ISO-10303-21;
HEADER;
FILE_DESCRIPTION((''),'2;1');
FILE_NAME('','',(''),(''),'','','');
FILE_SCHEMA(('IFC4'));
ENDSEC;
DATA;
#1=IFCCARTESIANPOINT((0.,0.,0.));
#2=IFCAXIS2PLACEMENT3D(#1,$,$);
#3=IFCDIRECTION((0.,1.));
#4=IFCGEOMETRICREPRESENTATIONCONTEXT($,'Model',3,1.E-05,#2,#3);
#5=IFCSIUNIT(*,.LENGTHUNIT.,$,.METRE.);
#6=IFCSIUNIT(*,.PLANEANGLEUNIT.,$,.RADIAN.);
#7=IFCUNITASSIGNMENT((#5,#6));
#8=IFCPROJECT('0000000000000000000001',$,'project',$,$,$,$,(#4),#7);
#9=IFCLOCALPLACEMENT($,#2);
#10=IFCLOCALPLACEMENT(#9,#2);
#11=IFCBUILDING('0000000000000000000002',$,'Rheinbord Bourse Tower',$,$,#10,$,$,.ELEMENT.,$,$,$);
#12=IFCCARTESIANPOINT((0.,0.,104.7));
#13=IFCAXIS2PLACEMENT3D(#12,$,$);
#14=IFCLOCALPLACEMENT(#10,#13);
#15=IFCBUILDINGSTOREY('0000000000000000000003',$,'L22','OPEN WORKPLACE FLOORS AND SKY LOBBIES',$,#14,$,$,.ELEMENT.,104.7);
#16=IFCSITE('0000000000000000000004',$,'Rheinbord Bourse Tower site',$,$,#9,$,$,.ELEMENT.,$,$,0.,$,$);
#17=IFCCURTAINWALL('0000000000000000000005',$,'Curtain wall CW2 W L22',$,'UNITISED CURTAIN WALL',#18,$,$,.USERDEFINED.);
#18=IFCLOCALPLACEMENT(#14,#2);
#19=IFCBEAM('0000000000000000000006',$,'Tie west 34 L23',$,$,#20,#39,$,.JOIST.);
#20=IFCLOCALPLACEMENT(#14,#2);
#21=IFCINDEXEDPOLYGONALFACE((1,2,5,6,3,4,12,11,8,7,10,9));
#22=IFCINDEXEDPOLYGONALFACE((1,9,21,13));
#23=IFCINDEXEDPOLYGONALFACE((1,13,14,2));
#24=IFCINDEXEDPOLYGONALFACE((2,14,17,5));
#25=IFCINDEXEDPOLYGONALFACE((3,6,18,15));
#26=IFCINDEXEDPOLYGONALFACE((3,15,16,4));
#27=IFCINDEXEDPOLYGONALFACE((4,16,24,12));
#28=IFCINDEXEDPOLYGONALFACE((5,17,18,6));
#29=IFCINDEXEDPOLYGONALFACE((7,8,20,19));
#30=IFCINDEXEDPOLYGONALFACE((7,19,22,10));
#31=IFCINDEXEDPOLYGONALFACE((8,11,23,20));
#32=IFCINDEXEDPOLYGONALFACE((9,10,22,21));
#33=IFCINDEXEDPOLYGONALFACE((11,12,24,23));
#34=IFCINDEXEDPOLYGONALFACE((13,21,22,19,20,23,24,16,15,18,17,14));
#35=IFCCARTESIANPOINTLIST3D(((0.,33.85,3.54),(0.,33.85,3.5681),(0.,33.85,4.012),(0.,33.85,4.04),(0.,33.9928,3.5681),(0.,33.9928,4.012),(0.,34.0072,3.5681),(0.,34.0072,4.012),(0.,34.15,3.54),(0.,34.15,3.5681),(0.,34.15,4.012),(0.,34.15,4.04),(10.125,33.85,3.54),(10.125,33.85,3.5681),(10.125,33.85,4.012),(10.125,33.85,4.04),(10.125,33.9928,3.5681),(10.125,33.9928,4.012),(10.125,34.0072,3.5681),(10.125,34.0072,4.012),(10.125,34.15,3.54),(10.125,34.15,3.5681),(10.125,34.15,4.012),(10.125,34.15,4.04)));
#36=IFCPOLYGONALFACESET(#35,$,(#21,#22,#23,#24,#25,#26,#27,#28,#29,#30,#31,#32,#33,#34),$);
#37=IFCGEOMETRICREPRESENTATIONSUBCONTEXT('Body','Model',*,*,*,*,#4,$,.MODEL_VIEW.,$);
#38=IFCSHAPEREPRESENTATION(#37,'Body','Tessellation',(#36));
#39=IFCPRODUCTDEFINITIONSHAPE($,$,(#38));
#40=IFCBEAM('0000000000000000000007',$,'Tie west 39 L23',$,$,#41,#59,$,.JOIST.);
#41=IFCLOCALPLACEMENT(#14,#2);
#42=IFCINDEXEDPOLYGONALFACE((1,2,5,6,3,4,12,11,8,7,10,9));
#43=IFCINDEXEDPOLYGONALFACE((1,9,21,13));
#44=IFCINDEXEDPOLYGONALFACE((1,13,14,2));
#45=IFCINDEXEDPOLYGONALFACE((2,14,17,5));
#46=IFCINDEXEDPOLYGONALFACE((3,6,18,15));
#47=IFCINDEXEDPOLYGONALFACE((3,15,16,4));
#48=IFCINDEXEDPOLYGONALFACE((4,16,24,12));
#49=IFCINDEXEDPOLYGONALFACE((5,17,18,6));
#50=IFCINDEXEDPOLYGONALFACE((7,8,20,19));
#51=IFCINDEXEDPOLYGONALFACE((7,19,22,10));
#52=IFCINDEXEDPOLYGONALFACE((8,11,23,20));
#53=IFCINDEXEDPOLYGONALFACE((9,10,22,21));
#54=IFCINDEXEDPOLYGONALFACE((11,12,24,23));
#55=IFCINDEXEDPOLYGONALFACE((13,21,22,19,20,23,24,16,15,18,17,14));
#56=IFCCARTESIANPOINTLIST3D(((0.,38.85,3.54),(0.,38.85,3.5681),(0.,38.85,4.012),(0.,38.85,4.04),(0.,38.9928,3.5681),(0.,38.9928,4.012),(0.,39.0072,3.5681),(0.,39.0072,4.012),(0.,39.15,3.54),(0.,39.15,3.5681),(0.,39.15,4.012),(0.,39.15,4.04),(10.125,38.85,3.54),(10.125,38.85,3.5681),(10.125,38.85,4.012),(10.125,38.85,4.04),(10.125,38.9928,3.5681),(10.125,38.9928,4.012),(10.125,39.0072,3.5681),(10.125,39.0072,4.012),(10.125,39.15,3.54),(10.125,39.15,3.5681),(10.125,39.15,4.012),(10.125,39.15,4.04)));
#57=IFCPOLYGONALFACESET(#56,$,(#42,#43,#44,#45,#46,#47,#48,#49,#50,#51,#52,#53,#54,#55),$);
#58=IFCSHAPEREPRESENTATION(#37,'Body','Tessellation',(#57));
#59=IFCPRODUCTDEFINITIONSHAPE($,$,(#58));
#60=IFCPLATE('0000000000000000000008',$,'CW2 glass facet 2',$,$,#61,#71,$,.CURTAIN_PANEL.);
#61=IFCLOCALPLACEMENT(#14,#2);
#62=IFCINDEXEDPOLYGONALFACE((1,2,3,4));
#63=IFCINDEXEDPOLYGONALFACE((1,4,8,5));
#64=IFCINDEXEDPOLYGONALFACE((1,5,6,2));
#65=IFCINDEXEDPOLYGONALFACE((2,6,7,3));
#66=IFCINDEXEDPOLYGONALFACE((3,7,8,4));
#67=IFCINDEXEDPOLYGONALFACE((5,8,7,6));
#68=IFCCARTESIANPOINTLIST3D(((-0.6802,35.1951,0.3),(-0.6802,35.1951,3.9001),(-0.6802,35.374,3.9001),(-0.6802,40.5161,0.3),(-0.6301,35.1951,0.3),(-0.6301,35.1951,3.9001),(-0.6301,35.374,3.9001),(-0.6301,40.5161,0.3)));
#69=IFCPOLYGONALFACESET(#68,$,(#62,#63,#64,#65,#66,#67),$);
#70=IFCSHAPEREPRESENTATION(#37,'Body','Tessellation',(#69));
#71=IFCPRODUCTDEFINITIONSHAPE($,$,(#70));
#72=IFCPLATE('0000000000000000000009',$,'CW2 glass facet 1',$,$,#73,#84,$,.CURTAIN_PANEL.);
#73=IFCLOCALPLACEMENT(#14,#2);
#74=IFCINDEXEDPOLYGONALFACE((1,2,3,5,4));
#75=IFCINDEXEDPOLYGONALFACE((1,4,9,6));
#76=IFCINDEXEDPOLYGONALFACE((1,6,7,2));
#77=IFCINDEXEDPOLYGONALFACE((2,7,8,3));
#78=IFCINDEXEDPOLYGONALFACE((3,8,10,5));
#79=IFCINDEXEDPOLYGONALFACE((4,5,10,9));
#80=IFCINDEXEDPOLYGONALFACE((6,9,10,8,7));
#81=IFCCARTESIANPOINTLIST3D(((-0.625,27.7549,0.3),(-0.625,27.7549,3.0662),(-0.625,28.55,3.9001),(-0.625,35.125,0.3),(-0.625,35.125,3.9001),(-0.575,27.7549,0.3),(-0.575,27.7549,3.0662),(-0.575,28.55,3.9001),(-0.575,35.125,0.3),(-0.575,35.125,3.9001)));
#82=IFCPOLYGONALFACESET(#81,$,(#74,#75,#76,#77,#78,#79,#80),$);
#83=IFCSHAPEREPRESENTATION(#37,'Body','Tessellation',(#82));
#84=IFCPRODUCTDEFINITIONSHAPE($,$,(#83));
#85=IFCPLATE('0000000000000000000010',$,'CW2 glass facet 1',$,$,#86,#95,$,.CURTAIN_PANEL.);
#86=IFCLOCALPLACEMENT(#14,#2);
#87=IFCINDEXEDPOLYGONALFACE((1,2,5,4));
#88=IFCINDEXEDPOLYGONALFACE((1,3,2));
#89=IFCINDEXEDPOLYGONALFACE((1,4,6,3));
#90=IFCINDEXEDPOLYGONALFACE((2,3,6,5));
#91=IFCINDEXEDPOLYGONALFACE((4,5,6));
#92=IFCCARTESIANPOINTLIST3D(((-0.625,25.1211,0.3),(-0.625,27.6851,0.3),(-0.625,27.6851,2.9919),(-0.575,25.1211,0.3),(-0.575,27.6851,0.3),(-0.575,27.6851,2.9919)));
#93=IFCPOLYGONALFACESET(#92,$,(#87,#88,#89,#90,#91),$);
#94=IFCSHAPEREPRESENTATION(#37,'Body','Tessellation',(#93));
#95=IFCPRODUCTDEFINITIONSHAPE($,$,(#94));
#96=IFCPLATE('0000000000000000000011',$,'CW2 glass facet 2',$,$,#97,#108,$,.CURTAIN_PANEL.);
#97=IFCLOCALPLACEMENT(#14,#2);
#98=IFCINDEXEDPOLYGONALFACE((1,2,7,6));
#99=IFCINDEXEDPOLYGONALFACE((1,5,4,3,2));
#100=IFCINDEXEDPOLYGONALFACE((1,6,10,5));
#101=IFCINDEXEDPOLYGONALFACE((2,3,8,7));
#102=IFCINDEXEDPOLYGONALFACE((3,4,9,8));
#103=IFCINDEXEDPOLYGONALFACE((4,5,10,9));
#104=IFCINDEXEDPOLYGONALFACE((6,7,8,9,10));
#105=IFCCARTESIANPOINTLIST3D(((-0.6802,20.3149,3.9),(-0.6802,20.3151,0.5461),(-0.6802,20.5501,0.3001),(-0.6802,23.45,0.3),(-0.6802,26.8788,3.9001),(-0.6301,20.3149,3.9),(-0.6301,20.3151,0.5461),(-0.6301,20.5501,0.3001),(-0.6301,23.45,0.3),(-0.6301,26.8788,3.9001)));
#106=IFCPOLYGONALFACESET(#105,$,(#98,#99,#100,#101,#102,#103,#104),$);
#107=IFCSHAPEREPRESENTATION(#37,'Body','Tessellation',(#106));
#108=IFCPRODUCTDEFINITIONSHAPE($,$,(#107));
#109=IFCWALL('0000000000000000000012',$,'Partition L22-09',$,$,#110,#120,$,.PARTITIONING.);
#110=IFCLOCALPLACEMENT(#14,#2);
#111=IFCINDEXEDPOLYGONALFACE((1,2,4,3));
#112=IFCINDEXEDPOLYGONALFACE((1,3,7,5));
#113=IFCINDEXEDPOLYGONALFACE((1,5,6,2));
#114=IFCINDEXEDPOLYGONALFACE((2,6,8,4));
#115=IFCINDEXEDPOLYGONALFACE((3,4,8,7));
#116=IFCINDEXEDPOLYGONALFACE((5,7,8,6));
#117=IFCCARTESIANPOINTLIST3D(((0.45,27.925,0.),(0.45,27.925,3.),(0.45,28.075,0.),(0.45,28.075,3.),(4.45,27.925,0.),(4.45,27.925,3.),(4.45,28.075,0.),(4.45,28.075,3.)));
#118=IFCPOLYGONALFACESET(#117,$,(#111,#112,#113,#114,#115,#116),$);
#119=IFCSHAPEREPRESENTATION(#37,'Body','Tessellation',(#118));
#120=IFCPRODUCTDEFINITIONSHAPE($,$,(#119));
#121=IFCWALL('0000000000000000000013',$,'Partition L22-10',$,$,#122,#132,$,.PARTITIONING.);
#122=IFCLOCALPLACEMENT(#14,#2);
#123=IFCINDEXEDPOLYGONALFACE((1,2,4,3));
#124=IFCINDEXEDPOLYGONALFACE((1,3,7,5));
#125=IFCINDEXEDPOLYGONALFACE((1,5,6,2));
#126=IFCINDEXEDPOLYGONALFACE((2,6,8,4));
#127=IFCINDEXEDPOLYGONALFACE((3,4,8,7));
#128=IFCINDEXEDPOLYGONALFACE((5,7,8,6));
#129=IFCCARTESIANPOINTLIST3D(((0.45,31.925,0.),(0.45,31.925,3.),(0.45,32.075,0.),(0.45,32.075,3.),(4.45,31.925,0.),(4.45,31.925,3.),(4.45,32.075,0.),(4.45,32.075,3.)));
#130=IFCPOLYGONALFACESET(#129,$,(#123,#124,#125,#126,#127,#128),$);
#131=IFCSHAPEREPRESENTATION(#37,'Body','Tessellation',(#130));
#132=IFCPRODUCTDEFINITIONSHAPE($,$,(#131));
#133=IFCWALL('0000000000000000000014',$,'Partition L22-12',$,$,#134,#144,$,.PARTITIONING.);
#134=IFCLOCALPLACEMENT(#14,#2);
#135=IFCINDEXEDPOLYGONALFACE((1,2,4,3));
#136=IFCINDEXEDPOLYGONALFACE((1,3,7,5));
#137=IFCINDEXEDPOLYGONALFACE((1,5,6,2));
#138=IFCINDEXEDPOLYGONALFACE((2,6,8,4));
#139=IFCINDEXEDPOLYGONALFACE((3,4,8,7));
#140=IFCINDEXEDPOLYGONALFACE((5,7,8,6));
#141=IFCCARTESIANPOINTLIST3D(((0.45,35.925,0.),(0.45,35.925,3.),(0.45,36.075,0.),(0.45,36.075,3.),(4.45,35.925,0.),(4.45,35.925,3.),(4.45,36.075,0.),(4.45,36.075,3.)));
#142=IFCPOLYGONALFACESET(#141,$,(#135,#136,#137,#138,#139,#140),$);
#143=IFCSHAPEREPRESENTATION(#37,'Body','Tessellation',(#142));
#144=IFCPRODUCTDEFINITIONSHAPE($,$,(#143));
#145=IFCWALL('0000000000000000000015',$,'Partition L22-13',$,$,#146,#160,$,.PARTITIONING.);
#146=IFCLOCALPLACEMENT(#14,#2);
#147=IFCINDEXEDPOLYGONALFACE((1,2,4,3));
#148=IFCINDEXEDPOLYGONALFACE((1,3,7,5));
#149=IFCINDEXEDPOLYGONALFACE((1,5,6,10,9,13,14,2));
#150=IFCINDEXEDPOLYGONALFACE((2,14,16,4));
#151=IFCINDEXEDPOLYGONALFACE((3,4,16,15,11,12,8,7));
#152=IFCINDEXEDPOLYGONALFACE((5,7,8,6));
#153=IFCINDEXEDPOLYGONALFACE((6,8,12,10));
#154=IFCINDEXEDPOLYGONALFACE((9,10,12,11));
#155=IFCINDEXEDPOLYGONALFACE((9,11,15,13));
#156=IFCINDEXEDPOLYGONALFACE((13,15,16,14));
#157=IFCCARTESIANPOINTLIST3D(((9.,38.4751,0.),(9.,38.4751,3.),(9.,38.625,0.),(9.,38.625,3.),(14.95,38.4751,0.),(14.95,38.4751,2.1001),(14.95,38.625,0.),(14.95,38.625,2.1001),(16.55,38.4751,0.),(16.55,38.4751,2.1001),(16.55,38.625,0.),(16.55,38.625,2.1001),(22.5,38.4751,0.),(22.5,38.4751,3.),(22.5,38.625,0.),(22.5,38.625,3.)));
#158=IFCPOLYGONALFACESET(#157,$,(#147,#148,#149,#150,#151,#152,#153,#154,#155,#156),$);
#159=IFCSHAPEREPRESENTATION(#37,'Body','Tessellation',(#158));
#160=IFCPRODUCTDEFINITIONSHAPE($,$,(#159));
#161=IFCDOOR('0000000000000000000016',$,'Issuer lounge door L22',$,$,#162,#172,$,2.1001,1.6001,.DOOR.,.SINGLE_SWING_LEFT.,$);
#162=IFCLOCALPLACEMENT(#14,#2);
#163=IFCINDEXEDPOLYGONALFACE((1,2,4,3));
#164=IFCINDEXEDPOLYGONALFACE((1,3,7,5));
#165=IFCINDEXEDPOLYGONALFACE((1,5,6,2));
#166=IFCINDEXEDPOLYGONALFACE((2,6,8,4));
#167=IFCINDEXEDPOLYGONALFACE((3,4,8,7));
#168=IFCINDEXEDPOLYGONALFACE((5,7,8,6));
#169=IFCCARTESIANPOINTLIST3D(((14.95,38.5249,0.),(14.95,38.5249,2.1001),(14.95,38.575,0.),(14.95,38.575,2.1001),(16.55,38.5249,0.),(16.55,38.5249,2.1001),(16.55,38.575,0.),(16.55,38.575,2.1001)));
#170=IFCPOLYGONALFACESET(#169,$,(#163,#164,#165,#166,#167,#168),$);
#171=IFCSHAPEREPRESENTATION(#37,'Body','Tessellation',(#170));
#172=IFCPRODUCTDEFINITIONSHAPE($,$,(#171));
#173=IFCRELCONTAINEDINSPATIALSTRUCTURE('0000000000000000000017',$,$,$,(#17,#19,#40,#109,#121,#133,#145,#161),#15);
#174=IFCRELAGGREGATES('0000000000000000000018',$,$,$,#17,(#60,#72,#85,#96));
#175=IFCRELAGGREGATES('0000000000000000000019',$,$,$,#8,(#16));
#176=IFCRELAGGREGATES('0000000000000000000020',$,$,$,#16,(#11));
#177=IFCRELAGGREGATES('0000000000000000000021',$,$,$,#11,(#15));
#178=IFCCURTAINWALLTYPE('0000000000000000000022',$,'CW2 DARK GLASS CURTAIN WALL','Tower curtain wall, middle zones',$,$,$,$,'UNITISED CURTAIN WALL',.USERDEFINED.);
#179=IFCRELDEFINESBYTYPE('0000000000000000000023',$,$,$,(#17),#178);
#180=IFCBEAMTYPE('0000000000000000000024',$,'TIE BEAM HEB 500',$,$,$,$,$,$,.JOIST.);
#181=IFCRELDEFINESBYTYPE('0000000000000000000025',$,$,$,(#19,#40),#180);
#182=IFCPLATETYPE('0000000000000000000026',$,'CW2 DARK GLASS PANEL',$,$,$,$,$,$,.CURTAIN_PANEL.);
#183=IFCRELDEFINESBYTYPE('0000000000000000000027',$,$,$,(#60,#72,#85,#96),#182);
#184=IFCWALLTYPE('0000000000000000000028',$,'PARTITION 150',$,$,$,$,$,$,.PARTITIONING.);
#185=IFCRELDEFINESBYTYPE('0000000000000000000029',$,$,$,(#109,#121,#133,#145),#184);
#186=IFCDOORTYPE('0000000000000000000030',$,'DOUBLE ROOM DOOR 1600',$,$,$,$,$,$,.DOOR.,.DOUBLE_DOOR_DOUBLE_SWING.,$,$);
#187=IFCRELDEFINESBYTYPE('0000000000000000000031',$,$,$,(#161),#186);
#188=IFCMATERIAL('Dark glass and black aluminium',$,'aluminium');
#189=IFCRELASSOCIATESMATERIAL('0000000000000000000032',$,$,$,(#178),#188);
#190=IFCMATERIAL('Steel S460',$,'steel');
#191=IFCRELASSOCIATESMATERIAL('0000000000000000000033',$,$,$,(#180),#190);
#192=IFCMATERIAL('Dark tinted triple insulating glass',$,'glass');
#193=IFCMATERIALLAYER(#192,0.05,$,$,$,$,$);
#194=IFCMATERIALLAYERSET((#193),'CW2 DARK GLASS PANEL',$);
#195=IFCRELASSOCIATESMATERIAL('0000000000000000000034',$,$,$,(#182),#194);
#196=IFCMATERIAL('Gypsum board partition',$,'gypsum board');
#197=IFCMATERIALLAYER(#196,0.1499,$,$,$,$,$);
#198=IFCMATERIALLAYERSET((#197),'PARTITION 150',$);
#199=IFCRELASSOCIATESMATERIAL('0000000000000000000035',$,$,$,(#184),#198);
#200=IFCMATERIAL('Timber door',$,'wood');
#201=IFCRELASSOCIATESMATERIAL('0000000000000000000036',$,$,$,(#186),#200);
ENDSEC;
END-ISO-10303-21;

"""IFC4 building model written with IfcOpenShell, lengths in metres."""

from ifc_helpers import new_model, si_unit, direction, frame, frame_2d, origin, origin_2d, place, context, subcontext, project, spatial, polyline, rectangle, i_section, outline, extrude, material, layer, layer_set, material_profile, profile_set, type_object, element, fill, aggregate, save


model = new_model("IFC4")

# Units and contexts
model_context = context("Model", 3, precision=1e-05, world=origin(), true_north=direction((0.0, 1.0)))
body_context = subcontext(model_context, "Body", "Model", "MODEL_VIEW")
ifc_project = project(units=[si_unit("LENGTHUNIT", "METRE"), si_unit("PLANEANGLEUNIT", "RADIAN")], contexts=[model_context])

# Site, building, storey
site_placement = place(None, origin())
site = spatial("IfcSite", under=ifc_project, at=site_placement, Name="Rheinbord Bourse Tower site", CompositionType="ELEMENT", RefElevation=0.0)
building_placement = place(site_placement, origin())
building = spatial("IfcBuilding", under=site, at=building_placement, Name="Rheinbord Bourse Tower", CompositionType="ELEMENT")
storey_placement = place(building_placement, frame((0.0, 0.0, 104.7)))
storey = spatial("IfcBuildingStorey", under=building, at=storey_placement, Name="L22", Description="OPEN WORKPLACE FLOORS AND SKY LOBBIES", CompositionType="ELEMENT", Elevation=104.7)

# Curtain wall
ifc_material_1 = material(Name="Dark glass and black aluminium", Category="aluminium")
curtain_wall_type = type_object("IfcCurtainWallType", Name="CW2 DARK GLASS CURTAIN WALL", Description="Tower curtain wall, middle zones", ElementType="UNITISED CURTAIN WALL", PredefinedType="USERDEFINED", material=ifc_material_1)
curtain_wall_placement = place(storey_placement, origin())
curtain_wall = element("IfcCurtainWall", 1, at=curtain_wall_placement, inside=storey, type_object=curtain_wall_type, Name="Curtain wall CW2 W L22", ObjectType="UNITISED CURTAIN WALL", PredefinedType="USERDEFINED")

# Beams
ifc_material_2 = material(Name="Steel S460", Category="steel")
ifc_material_profile_1 = material_profile(ifc_material_2, i_section(OverallWidth=0.3, OverallDepth=0.5, WebThickness=0.0144, FlangeThickness=0.0281, at=origin_2d()), Name="HEB 500")
ifc_profile_set_1 = profile_set([ifc_material_profile_1], Name="Steel S460")
beam_type_1 = type_object("IfcBeamType", Name="TIE BEAM HEB 500", PredefinedType="JOIST", material=ifc_profile_set_1)
for number, where, z_axis, x_axis, name in (
    (2, (0.0, 34.0, 3.79), (1.0, 0.0, 0.0), (0.0, 1.0, 0.0), "Tie west 34 L23"),
    (3, (0.0, 39.0, 3.79), (1.0, 0.0, 0.0), (0.0, 1.0, 0.0), "Tie west 39 L23"),
):
    element("IfcBeam", number, at=place(storey_placement, frame(where, z_axis=z_axis, x_axis=x_axis)), inside=storey, type_object=beam_type_1, Name=name, PredefinedType="JOIST", context=body_context, shape_type="SweptSolid", body=[
        extrude(i_section(OverallWidth=0.3, OverallDepth=0.5, WebThickness=0.0144, FlangeThickness=0.0281, at=origin_2d()), origin(), (0.0, 0.0, 1.0), 10.125),
    ])

# Plates
ifc_material_3 = material(Name="Dark tinted triple insulating glass", Category="glass")
ifc_layer_1 = layer(ifc_material_3, 0.05)
ifc_layer_set_1 = layer_set([ifc_layer_1], Name="CW2 DARK GLASS PANEL")
plate_type = type_object("IfcPlateType", Name="CW2 DARK GLASS PANEL", PredefinedType="CURTAIN_PANEL", material=ifc_layer_set_1)
plate_1_placement = place(storey_placement, frame((-0.6802, 35.1951, 3.9001), z_axis=(1.0, 0.0, 0.0), x_axis=(0.0, 0.0, -1.0)))
plate_1 = element("IfcPlate", 4, at=plate_1_placement, type_object=plate_type, Name="CW2 glass facet 2", PredefinedType="CURTAIN_PANEL", context=body_context, shape_type="SweptSolid", body=[
    extrude(outline(polyline([(0.0, 0.0), (3.6001, 0.0), (3.6001, 5.321), (0.0, 0.179), (0.0, 0.0)])), origin(), (0.0, 0.0, 1.0), 0.05),
])
plate_2_placement = place(storey_placement, frame((-0.625, 27.7549, 0.3), z_axis=(1.0, 0.0, 0.0), x_axis=(0.0, 1.0, 0.0)))
plate_2 = element("IfcPlate", 5, at=plate_2_placement, type_object=plate_type, Name="CW2 glass facet 1", PredefinedType="CURTAIN_PANEL", context=body_context, shape_type="SweptSolid", body=[
    extrude(outline(polyline([(0.0, 0.0), (7.3701, 0.0), (7.3701, 3.6001), (0.7952, 3.6001), (0.0, 2.7661), (0.0, 0.0)])), origin(), (0.0, 0.0, 1.0), 0.05),
])
plate_3_placement = place(storey_placement, frame((-0.625, 27.6851, 0.3), z_axis=(1.0, 0.0, 0.0), x_axis=(0.0, 0.0, 1.0)))
plate_3 = element("IfcPlate", 6, at=plate_3_placement, type_object=plate_type, Name="CW2 glass facet 1", PredefinedType="CURTAIN_PANEL", context=body_context, shape_type="SweptSolid", body=[
    extrude(outline(polyline([(0.0, 0.0), (2.6919, 0.0), (0.0, 2.564), (0.0, 0.0)])), origin(), (0.0, 0.0, 1.0), 0.05),
])
plate_4_placement = place(storey_placement, frame((-0.6802, 23.45, 0.3), z_axis=(1.0, 0.0, 0.0), x_axis=(0.0, 0.689686, 0.724109)))
plate_4 = element("IfcPlate", 7, at=plate_4_placement, type_object=plate_type, Name="CW2 glass facet 2", PredefinedType="CURTAIN_PANEL", context=body_context, shape_type="SweptSolid", body=[
    extrude(outline(polyline([(0.0, 0.0), (4.9717, 0.0), (0.4446, 4.7529), (-1.9839, 2.4397), (-2.0, 2.0999), (0.0, 0.0)])), origin(), (0.0, 0.0, 1.0), 0.05),
])
aggregate(curtain_wall, [plate_1, plate_2, plate_3, plate_4])

# Walls
ifc_material_4 = material(Name="Gypsum board partition", Category="gypsum board")
ifc_layer_2 = layer(ifc_material_4, 0.1499)
ifc_layer_set_2 = layer_set([ifc_layer_2], Name="PARTITION 150")
wall_type = type_object("IfcWallType", Name="PARTITION 150", PredefinedType="PARTITIONING", material=ifc_layer_set_2)
for number, where, z_axis, x_axis, name in (
    (8, (0.45, 28.0, 0.0), (0.0, 0.0, 1.0), (1.0, 0.0, 0.0), "Partition L22-09"),
    (9, (0.45, 32.0, 0.0), (0.0, 0.0, 1.0), (1.0, 0.0, 0.0), "Partition L22-10"),
    (10, (0.45, 36.0, 0.0), (0.0, 0.0, 1.0), (1.0, 0.0, 0.0), "Partition L22-12"),
):
    element("IfcWall", number, at=place(storey_placement, frame(where, z_axis=z_axis, x_axis=x_axis)), inside=storey, type_object=wall_type, Name=name, PredefinedType="PARTITIONING", context=body_context, shape_type="SweptSolid", body=[
        extrude(rectangle(XDim=4.0, YDim=0.1499, at=frame_2d((2.0, 0.0))), origin(), (0.0, 0.0, 1.0), 3.0),
    ])

# Wall, opening, door
wall_1_placement = place(storey_placement, frame((9.0, 38.55, 0.0), z_axis=(0.0, 0.0, 1.0), x_axis=(1.0, 0.0, 0.0)))
wall_1 = element("IfcWall", 11, at=wall_1_placement, inside=storey, type_object=wall_type, Name="Partition L22-13", PredefinedType="PARTITIONING", context=body_context, shape_type="SweptSolid", body=[
    extrude(rectangle(XDim=13.5, YDim=0.1499, at=frame_2d((6.75, 0.0))), origin(), (0.0, 0.0, 1.0), 3.0),
])
opening_1_placement = place(wall_1_placement, frame((5.95, 0.0, 0.0)))
opening_1 = element("IfcOpeningElement", 12, at=opening_1_placement, cuts=wall_1, PredefinedType="OPENING", context=body_context, shape_type="SweptSolid", body=[
    extrude(rectangle(XDim=1.6001, YDim=2.1001, at=frame_2d((0.8, 1.05))), frame((0.0, 0.085, 0.0), z_axis=(0.0, -1.0, 0.0), x_axis=(1.0, 0.0, 0.0)), (0.0, 0.0, 1.0), 0.1699),
])
ifc_material_5 = material(Name="Timber door", Category="wood")
door_type_1 = type_object("IfcDoorType", Name="DOUBLE ROOM DOOR 1600", OperationType="DOUBLE_DOOR_DOUBLE_SWING", PredefinedType="DOOR", material=ifc_material_5)
door_1_placement = place(opening_1_placement, origin())
door_1 = element("IfcDoor", 13, at=door_1_placement, inside=storey, type_object=door_type_1, Name="Issuer lounge door L22", OperationType="SINGLE_SWING_LEFT", OverallHeight=2.1001, OverallWidth=1.6001, PredefinedType="DOOR", context=body_context, shape_type="SweptSolid", body=[
    extrude(rectangle(XDim=1.6001, YDim=2.1001, at=frame_2d((0.8, 1.05))), frame((0.0, 0.0249, 0.0), z_axis=(0.0, -1.0, 0.0), x_axis=(1.0, 0.0, 0.0)), (0.0, 0.0, 1.0), 0.05),
])
fill(opening_1, door_1)

save(model, "model.ifc")
